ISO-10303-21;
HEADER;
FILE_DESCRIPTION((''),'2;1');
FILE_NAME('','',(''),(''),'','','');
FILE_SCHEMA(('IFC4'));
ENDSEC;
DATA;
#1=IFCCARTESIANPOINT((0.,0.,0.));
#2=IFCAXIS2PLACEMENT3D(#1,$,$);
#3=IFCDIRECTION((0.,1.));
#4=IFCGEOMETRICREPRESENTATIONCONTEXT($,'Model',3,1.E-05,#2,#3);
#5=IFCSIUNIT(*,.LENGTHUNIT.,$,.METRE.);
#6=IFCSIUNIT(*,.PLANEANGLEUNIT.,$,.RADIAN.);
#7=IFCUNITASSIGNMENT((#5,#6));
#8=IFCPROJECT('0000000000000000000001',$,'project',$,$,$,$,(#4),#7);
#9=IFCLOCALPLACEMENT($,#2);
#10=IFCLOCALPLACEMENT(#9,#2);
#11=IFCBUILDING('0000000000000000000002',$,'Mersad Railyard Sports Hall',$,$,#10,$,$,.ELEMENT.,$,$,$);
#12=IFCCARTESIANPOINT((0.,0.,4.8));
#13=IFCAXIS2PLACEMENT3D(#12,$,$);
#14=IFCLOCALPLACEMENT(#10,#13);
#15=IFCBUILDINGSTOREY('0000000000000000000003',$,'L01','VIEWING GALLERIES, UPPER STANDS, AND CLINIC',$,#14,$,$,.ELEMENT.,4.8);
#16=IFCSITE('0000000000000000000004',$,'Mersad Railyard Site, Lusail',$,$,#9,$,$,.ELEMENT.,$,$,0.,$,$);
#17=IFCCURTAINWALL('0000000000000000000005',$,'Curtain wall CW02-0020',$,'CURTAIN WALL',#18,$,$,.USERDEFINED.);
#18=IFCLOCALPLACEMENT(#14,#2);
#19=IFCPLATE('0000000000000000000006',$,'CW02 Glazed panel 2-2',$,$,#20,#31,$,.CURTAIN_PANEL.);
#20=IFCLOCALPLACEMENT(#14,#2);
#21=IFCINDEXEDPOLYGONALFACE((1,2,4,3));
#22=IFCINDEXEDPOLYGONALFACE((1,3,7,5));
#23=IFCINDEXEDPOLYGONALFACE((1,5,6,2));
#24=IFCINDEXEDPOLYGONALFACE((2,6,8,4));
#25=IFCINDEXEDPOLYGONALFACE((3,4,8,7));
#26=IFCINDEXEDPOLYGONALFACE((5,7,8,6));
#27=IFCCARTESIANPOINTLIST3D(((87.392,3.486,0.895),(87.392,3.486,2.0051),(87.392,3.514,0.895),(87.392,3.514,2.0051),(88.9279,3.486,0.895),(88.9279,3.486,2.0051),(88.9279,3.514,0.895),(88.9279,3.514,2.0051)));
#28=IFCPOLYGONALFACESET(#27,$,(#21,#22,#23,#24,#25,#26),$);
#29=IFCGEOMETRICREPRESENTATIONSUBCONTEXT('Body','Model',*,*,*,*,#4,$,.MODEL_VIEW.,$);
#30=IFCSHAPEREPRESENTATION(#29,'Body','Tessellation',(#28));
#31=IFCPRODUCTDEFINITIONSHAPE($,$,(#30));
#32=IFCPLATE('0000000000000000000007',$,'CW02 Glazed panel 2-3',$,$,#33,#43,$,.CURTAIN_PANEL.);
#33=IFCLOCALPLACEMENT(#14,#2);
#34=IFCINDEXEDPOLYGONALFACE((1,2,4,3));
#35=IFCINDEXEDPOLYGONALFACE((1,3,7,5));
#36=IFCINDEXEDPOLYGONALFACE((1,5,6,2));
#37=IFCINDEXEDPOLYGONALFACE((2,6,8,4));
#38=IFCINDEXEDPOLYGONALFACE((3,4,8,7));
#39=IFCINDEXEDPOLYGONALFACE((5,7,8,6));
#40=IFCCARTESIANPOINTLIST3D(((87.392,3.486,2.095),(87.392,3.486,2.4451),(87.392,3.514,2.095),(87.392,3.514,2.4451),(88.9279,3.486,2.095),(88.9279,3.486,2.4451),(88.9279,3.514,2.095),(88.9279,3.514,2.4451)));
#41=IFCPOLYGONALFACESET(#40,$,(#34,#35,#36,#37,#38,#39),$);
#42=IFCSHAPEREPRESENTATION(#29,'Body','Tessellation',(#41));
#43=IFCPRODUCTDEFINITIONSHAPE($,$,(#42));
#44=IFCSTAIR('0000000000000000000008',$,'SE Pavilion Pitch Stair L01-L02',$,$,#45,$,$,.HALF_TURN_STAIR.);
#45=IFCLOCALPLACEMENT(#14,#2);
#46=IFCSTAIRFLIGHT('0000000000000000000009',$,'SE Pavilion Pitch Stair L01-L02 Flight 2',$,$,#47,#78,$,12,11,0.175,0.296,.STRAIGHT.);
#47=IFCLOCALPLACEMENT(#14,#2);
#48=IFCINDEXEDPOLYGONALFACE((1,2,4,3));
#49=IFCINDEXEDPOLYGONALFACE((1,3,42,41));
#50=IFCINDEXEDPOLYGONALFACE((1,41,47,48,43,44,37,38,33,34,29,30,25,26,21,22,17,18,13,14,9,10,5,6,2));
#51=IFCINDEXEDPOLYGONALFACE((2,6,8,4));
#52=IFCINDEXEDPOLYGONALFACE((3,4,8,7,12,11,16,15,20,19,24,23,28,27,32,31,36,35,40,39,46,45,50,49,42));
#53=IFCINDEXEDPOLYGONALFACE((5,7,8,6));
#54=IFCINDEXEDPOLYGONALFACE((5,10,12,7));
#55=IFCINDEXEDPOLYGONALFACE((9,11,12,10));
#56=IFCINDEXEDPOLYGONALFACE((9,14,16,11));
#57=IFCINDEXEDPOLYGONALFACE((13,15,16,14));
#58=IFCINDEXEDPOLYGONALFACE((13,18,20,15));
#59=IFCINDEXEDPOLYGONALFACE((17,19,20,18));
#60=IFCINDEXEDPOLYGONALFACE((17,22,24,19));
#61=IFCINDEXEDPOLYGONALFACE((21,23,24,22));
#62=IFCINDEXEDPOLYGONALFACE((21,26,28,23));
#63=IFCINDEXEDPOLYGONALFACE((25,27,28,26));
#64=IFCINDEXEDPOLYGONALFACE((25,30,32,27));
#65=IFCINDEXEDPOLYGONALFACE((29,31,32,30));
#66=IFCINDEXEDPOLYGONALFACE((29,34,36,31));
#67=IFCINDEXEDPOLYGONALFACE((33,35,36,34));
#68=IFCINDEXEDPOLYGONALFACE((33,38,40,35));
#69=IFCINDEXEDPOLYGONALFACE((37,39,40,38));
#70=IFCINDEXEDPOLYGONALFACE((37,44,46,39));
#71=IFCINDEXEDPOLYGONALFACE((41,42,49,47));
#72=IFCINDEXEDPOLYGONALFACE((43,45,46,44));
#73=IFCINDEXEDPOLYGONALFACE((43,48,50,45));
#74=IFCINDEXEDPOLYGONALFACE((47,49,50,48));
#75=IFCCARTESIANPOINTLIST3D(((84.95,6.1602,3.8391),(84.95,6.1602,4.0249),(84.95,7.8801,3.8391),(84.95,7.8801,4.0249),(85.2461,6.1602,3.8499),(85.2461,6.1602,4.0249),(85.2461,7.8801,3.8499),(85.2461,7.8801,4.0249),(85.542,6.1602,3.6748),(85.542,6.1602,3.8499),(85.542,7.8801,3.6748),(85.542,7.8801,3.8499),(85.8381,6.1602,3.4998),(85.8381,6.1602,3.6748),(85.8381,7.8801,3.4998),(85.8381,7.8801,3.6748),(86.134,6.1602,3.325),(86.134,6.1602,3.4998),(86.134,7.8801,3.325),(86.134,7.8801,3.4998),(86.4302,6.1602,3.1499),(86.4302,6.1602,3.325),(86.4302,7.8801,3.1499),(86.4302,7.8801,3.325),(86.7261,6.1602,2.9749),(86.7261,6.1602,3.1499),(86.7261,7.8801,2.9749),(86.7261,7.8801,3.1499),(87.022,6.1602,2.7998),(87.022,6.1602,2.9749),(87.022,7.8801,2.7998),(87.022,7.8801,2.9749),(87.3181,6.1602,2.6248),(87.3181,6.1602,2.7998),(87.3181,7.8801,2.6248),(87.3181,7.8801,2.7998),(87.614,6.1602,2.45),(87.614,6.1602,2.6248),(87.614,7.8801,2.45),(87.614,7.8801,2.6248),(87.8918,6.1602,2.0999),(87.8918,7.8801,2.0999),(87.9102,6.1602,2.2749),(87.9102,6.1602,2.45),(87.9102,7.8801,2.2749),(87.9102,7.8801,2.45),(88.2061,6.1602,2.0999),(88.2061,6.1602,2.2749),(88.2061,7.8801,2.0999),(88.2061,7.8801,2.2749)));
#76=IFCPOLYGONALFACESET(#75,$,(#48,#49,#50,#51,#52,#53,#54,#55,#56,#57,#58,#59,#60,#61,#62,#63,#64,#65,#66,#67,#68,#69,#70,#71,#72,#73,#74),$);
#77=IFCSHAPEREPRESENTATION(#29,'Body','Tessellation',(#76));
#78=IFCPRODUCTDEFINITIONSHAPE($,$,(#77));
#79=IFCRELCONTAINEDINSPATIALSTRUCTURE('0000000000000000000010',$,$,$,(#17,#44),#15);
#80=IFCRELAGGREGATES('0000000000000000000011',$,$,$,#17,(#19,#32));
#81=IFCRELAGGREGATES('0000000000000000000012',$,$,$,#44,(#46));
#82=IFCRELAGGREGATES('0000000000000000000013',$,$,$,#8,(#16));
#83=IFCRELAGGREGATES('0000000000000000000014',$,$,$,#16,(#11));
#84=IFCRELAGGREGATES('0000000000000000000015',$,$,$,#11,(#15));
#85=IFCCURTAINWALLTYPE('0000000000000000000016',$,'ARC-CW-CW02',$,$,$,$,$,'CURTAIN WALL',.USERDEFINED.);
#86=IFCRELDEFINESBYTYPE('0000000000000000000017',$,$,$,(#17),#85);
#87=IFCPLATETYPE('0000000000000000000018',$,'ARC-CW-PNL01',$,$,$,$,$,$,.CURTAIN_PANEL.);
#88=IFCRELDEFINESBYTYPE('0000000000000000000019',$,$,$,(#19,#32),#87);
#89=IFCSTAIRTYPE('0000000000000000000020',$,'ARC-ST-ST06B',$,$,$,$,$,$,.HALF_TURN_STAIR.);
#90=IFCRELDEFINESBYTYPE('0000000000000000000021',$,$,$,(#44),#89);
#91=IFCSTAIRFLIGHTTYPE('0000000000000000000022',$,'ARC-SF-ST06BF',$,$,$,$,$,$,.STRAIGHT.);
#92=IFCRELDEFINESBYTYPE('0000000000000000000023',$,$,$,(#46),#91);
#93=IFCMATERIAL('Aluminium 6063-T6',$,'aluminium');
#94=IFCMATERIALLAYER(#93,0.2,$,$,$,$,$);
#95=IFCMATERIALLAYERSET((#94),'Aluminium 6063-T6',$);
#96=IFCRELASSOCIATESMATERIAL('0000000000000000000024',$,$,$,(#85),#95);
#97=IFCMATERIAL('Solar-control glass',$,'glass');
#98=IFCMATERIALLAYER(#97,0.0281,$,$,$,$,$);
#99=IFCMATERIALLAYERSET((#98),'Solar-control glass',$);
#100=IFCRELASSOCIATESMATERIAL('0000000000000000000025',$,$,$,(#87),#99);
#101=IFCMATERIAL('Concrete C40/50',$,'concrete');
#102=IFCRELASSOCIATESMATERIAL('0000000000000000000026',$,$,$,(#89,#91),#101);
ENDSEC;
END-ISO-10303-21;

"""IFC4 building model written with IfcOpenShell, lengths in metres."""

from ifc_helpers import new_model, si_unit, direction, frame, origin, origin_2d, place, context, subcontext, project, spatial, polyline, rectangle, outline, extrude, material, layer, layer_set, type_object, element, aggregate, save


model = new_model("IFC4")

# Units and contexts
model_context = context("Model", 3, precision=1e-05, world=origin(), true_north=direction((0.0, 1.0)))
body_context = subcontext(model_context, "Body", "Model", "MODEL_VIEW")
ifc_project = project(units=[si_unit("LENGTHUNIT", "METRE"), si_unit("PLANEANGLEUNIT", "RADIAN")], contexts=[model_context])

# Site, building, storey
site_placement = place(None, origin())
site = spatial("IfcSite", under=ifc_project, at=site_placement, Name="Mersad Railyard Site, Lusail", CompositionType="ELEMENT", RefElevation=0.0)
building_placement = place(site_placement, origin())
building = spatial("IfcBuilding", under=site, at=building_placement, Name="Mersad Railyard Sports Hall", CompositionType="ELEMENT")
storey_placement = place(building_placement, frame((0.0, 0.0, 4.8)))
storey = spatial("IfcBuildingStorey", under=building, at=storey_placement, Name="L01", Description="VIEWING GALLERIES, UPPER STANDS, AND CLINIC", CompositionType="ELEMENT", Elevation=4.8)

# Curtain wall
ifc_material_1 = material(Name="Aluminium 6063-T6", Category="aluminium")
ifc_layer_1 = layer(ifc_material_1, 0.2)
ifc_layer_set_1 = layer_set([ifc_layer_1], Name="Aluminium 6063-T6")
curtain_wall_type = type_object("IfcCurtainWallType", Name="ARC-CW-CW02", ElementType="CURTAIN WALL", PredefinedType="USERDEFINED", material=ifc_layer_set_1)
curtain_wall_placement = place(storey_placement, origin())
curtain_wall = element("IfcCurtainWall", 1, at=curtain_wall_placement, inside=storey, type_object=curtain_wall_type, Name="Curtain wall CW02-0020", ObjectType="CURTAIN WALL", PredefinedType="USERDEFINED")

# Shared definitions
ifc_material_2 = material(Name="Concrete C40/50", Category="concrete")

# Plates
ifc_material_3 = material(Name="Solar-control glass", Category="glass")
ifc_layer_2 = layer(ifc_material_3, 0.0281)
ifc_layer_set_2 = layer_set([ifc_layer_2], Name="Solar-control glass")
plate_type = type_object("IfcPlateType", Name="ARC-CW-PNL01", PredefinedType="CURTAIN_PANEL", material=ifc_layer_set_2)
plate_1_placement = place(storey_placement, frame((88.1599, 3.5, 0.895), z_axis=(0.0, 0.0, 1.0), x_axis=(-1.0, 0.0, 0.0)))
plate_1 = element("IfcPlate", 2, at=plate_1_placement, type_object=plate_type, Name="CW02 Glazed panel 2-2", PredefinedType="CURTAIN_PANEL", context=body_context, shape_type="SweptSolid", body=[
    extrude(rectangle(XDim=1.5359, YDim=0.0281, at=origin_2d()), origin(), (0.0, 0.0, 1.0), 1.1101),
])
plate_2_placement = place(storey_placement, frame((88.1599, 3.5, 2.095), z_axis=(0.0, 0.0, 1.0), x_axis=(-1.0, 0.0, 0.0)))
plate_2 = element("IfcPlate", 3, at=plate_2_placement, type_object=plate_type, Name="CW02 Glazed panel 2-3", PredefinedType="CURTAIN_PANEL", context=body_context, shape_type="SweptSolid", body=[
    extrude(rectangle(XDim=1.5359, YDim=0.0281, at=origin_2d()), origin(), (0.0, 0.0, 1.0), 0.3501),
])
aggregate(curtain_wall, [plate_1, plate_2])

# Stair, stair flight
stair_type = type_object("IfcStairType", Name="ARC-ST-ST06B", PredefinedType="HALF_TURN_STAIR", material=ifc_material_2)
stair_placement = place(storey_placement, origin())
stair = element("IfcStair", 4, at=stair_placement, inside=storey, type_object=stair_type, Name="SE Pavilion Pitch Stair L01-L02", PredefinedType="HALF_TURN_STAIR")
stair_flight_type = type_object("IfcStairFlightType", Name="ARC-SF-ST06BF", PredefinedType="STRAIGHT", material=ifc_material_2)
stair_flight_placement = place(storey_placement, frame((88.2061, 7.02, 2.0999), z_axis=(0.0, 0.0, 1.0), x_axis=(-1.0, 0.0, 0.0)))
stair_flight = element("IfcStairFlight", 5, at=stair_flight_placement, type_object=stair_flight_type, Name="SE Pavilion Pitch Stair L01-L02 Flight 2", NumberOfRisers=12, NumberOfTreads=11, PredefinedType="STRAIGHT", RiserHeight=0.175, TreadLength=0.296, context=body_context, shape_type="SweptSolid", body=[
    extrude(outline(polyline([(0.0, 0.0), (0.0, 0.175), (0.2959, 0.175), (0.2959, 0.3501), (0.592, 0.3501), (0.592, 0.5249), (0.8879, 0.5249), (0.8879, 0.7), (1.1841, 0.7), (1.1841, 0.875), (1.48, 0.875), (1.48, 1.05), (1.7759, 1.05), (1.7759, 1.2251), (2.072, 1.2251), (2.072, 1.3999), (2.3679, 1.3999), (2.3679, 1.575), (2.6641, 1.575), (2.6641, 1.75), (2.96, 1.75), (2.96, 1.925), (3.2561, 1.925), (3.2561, 2.1001), (3.2561, 1.7393), (0.3142, 0.0), (0.0, 0.0)])), frame((0.0, 0.8599, 0.0), z_axis=(0.0, -1.0, 0.0), x_axis=(1.0, 0.0, 0.0)), (0.0, 0.0, 1.0), 1.72),
])
aggregate(stair, [stair_flight])

save(model, "model.ifc")
